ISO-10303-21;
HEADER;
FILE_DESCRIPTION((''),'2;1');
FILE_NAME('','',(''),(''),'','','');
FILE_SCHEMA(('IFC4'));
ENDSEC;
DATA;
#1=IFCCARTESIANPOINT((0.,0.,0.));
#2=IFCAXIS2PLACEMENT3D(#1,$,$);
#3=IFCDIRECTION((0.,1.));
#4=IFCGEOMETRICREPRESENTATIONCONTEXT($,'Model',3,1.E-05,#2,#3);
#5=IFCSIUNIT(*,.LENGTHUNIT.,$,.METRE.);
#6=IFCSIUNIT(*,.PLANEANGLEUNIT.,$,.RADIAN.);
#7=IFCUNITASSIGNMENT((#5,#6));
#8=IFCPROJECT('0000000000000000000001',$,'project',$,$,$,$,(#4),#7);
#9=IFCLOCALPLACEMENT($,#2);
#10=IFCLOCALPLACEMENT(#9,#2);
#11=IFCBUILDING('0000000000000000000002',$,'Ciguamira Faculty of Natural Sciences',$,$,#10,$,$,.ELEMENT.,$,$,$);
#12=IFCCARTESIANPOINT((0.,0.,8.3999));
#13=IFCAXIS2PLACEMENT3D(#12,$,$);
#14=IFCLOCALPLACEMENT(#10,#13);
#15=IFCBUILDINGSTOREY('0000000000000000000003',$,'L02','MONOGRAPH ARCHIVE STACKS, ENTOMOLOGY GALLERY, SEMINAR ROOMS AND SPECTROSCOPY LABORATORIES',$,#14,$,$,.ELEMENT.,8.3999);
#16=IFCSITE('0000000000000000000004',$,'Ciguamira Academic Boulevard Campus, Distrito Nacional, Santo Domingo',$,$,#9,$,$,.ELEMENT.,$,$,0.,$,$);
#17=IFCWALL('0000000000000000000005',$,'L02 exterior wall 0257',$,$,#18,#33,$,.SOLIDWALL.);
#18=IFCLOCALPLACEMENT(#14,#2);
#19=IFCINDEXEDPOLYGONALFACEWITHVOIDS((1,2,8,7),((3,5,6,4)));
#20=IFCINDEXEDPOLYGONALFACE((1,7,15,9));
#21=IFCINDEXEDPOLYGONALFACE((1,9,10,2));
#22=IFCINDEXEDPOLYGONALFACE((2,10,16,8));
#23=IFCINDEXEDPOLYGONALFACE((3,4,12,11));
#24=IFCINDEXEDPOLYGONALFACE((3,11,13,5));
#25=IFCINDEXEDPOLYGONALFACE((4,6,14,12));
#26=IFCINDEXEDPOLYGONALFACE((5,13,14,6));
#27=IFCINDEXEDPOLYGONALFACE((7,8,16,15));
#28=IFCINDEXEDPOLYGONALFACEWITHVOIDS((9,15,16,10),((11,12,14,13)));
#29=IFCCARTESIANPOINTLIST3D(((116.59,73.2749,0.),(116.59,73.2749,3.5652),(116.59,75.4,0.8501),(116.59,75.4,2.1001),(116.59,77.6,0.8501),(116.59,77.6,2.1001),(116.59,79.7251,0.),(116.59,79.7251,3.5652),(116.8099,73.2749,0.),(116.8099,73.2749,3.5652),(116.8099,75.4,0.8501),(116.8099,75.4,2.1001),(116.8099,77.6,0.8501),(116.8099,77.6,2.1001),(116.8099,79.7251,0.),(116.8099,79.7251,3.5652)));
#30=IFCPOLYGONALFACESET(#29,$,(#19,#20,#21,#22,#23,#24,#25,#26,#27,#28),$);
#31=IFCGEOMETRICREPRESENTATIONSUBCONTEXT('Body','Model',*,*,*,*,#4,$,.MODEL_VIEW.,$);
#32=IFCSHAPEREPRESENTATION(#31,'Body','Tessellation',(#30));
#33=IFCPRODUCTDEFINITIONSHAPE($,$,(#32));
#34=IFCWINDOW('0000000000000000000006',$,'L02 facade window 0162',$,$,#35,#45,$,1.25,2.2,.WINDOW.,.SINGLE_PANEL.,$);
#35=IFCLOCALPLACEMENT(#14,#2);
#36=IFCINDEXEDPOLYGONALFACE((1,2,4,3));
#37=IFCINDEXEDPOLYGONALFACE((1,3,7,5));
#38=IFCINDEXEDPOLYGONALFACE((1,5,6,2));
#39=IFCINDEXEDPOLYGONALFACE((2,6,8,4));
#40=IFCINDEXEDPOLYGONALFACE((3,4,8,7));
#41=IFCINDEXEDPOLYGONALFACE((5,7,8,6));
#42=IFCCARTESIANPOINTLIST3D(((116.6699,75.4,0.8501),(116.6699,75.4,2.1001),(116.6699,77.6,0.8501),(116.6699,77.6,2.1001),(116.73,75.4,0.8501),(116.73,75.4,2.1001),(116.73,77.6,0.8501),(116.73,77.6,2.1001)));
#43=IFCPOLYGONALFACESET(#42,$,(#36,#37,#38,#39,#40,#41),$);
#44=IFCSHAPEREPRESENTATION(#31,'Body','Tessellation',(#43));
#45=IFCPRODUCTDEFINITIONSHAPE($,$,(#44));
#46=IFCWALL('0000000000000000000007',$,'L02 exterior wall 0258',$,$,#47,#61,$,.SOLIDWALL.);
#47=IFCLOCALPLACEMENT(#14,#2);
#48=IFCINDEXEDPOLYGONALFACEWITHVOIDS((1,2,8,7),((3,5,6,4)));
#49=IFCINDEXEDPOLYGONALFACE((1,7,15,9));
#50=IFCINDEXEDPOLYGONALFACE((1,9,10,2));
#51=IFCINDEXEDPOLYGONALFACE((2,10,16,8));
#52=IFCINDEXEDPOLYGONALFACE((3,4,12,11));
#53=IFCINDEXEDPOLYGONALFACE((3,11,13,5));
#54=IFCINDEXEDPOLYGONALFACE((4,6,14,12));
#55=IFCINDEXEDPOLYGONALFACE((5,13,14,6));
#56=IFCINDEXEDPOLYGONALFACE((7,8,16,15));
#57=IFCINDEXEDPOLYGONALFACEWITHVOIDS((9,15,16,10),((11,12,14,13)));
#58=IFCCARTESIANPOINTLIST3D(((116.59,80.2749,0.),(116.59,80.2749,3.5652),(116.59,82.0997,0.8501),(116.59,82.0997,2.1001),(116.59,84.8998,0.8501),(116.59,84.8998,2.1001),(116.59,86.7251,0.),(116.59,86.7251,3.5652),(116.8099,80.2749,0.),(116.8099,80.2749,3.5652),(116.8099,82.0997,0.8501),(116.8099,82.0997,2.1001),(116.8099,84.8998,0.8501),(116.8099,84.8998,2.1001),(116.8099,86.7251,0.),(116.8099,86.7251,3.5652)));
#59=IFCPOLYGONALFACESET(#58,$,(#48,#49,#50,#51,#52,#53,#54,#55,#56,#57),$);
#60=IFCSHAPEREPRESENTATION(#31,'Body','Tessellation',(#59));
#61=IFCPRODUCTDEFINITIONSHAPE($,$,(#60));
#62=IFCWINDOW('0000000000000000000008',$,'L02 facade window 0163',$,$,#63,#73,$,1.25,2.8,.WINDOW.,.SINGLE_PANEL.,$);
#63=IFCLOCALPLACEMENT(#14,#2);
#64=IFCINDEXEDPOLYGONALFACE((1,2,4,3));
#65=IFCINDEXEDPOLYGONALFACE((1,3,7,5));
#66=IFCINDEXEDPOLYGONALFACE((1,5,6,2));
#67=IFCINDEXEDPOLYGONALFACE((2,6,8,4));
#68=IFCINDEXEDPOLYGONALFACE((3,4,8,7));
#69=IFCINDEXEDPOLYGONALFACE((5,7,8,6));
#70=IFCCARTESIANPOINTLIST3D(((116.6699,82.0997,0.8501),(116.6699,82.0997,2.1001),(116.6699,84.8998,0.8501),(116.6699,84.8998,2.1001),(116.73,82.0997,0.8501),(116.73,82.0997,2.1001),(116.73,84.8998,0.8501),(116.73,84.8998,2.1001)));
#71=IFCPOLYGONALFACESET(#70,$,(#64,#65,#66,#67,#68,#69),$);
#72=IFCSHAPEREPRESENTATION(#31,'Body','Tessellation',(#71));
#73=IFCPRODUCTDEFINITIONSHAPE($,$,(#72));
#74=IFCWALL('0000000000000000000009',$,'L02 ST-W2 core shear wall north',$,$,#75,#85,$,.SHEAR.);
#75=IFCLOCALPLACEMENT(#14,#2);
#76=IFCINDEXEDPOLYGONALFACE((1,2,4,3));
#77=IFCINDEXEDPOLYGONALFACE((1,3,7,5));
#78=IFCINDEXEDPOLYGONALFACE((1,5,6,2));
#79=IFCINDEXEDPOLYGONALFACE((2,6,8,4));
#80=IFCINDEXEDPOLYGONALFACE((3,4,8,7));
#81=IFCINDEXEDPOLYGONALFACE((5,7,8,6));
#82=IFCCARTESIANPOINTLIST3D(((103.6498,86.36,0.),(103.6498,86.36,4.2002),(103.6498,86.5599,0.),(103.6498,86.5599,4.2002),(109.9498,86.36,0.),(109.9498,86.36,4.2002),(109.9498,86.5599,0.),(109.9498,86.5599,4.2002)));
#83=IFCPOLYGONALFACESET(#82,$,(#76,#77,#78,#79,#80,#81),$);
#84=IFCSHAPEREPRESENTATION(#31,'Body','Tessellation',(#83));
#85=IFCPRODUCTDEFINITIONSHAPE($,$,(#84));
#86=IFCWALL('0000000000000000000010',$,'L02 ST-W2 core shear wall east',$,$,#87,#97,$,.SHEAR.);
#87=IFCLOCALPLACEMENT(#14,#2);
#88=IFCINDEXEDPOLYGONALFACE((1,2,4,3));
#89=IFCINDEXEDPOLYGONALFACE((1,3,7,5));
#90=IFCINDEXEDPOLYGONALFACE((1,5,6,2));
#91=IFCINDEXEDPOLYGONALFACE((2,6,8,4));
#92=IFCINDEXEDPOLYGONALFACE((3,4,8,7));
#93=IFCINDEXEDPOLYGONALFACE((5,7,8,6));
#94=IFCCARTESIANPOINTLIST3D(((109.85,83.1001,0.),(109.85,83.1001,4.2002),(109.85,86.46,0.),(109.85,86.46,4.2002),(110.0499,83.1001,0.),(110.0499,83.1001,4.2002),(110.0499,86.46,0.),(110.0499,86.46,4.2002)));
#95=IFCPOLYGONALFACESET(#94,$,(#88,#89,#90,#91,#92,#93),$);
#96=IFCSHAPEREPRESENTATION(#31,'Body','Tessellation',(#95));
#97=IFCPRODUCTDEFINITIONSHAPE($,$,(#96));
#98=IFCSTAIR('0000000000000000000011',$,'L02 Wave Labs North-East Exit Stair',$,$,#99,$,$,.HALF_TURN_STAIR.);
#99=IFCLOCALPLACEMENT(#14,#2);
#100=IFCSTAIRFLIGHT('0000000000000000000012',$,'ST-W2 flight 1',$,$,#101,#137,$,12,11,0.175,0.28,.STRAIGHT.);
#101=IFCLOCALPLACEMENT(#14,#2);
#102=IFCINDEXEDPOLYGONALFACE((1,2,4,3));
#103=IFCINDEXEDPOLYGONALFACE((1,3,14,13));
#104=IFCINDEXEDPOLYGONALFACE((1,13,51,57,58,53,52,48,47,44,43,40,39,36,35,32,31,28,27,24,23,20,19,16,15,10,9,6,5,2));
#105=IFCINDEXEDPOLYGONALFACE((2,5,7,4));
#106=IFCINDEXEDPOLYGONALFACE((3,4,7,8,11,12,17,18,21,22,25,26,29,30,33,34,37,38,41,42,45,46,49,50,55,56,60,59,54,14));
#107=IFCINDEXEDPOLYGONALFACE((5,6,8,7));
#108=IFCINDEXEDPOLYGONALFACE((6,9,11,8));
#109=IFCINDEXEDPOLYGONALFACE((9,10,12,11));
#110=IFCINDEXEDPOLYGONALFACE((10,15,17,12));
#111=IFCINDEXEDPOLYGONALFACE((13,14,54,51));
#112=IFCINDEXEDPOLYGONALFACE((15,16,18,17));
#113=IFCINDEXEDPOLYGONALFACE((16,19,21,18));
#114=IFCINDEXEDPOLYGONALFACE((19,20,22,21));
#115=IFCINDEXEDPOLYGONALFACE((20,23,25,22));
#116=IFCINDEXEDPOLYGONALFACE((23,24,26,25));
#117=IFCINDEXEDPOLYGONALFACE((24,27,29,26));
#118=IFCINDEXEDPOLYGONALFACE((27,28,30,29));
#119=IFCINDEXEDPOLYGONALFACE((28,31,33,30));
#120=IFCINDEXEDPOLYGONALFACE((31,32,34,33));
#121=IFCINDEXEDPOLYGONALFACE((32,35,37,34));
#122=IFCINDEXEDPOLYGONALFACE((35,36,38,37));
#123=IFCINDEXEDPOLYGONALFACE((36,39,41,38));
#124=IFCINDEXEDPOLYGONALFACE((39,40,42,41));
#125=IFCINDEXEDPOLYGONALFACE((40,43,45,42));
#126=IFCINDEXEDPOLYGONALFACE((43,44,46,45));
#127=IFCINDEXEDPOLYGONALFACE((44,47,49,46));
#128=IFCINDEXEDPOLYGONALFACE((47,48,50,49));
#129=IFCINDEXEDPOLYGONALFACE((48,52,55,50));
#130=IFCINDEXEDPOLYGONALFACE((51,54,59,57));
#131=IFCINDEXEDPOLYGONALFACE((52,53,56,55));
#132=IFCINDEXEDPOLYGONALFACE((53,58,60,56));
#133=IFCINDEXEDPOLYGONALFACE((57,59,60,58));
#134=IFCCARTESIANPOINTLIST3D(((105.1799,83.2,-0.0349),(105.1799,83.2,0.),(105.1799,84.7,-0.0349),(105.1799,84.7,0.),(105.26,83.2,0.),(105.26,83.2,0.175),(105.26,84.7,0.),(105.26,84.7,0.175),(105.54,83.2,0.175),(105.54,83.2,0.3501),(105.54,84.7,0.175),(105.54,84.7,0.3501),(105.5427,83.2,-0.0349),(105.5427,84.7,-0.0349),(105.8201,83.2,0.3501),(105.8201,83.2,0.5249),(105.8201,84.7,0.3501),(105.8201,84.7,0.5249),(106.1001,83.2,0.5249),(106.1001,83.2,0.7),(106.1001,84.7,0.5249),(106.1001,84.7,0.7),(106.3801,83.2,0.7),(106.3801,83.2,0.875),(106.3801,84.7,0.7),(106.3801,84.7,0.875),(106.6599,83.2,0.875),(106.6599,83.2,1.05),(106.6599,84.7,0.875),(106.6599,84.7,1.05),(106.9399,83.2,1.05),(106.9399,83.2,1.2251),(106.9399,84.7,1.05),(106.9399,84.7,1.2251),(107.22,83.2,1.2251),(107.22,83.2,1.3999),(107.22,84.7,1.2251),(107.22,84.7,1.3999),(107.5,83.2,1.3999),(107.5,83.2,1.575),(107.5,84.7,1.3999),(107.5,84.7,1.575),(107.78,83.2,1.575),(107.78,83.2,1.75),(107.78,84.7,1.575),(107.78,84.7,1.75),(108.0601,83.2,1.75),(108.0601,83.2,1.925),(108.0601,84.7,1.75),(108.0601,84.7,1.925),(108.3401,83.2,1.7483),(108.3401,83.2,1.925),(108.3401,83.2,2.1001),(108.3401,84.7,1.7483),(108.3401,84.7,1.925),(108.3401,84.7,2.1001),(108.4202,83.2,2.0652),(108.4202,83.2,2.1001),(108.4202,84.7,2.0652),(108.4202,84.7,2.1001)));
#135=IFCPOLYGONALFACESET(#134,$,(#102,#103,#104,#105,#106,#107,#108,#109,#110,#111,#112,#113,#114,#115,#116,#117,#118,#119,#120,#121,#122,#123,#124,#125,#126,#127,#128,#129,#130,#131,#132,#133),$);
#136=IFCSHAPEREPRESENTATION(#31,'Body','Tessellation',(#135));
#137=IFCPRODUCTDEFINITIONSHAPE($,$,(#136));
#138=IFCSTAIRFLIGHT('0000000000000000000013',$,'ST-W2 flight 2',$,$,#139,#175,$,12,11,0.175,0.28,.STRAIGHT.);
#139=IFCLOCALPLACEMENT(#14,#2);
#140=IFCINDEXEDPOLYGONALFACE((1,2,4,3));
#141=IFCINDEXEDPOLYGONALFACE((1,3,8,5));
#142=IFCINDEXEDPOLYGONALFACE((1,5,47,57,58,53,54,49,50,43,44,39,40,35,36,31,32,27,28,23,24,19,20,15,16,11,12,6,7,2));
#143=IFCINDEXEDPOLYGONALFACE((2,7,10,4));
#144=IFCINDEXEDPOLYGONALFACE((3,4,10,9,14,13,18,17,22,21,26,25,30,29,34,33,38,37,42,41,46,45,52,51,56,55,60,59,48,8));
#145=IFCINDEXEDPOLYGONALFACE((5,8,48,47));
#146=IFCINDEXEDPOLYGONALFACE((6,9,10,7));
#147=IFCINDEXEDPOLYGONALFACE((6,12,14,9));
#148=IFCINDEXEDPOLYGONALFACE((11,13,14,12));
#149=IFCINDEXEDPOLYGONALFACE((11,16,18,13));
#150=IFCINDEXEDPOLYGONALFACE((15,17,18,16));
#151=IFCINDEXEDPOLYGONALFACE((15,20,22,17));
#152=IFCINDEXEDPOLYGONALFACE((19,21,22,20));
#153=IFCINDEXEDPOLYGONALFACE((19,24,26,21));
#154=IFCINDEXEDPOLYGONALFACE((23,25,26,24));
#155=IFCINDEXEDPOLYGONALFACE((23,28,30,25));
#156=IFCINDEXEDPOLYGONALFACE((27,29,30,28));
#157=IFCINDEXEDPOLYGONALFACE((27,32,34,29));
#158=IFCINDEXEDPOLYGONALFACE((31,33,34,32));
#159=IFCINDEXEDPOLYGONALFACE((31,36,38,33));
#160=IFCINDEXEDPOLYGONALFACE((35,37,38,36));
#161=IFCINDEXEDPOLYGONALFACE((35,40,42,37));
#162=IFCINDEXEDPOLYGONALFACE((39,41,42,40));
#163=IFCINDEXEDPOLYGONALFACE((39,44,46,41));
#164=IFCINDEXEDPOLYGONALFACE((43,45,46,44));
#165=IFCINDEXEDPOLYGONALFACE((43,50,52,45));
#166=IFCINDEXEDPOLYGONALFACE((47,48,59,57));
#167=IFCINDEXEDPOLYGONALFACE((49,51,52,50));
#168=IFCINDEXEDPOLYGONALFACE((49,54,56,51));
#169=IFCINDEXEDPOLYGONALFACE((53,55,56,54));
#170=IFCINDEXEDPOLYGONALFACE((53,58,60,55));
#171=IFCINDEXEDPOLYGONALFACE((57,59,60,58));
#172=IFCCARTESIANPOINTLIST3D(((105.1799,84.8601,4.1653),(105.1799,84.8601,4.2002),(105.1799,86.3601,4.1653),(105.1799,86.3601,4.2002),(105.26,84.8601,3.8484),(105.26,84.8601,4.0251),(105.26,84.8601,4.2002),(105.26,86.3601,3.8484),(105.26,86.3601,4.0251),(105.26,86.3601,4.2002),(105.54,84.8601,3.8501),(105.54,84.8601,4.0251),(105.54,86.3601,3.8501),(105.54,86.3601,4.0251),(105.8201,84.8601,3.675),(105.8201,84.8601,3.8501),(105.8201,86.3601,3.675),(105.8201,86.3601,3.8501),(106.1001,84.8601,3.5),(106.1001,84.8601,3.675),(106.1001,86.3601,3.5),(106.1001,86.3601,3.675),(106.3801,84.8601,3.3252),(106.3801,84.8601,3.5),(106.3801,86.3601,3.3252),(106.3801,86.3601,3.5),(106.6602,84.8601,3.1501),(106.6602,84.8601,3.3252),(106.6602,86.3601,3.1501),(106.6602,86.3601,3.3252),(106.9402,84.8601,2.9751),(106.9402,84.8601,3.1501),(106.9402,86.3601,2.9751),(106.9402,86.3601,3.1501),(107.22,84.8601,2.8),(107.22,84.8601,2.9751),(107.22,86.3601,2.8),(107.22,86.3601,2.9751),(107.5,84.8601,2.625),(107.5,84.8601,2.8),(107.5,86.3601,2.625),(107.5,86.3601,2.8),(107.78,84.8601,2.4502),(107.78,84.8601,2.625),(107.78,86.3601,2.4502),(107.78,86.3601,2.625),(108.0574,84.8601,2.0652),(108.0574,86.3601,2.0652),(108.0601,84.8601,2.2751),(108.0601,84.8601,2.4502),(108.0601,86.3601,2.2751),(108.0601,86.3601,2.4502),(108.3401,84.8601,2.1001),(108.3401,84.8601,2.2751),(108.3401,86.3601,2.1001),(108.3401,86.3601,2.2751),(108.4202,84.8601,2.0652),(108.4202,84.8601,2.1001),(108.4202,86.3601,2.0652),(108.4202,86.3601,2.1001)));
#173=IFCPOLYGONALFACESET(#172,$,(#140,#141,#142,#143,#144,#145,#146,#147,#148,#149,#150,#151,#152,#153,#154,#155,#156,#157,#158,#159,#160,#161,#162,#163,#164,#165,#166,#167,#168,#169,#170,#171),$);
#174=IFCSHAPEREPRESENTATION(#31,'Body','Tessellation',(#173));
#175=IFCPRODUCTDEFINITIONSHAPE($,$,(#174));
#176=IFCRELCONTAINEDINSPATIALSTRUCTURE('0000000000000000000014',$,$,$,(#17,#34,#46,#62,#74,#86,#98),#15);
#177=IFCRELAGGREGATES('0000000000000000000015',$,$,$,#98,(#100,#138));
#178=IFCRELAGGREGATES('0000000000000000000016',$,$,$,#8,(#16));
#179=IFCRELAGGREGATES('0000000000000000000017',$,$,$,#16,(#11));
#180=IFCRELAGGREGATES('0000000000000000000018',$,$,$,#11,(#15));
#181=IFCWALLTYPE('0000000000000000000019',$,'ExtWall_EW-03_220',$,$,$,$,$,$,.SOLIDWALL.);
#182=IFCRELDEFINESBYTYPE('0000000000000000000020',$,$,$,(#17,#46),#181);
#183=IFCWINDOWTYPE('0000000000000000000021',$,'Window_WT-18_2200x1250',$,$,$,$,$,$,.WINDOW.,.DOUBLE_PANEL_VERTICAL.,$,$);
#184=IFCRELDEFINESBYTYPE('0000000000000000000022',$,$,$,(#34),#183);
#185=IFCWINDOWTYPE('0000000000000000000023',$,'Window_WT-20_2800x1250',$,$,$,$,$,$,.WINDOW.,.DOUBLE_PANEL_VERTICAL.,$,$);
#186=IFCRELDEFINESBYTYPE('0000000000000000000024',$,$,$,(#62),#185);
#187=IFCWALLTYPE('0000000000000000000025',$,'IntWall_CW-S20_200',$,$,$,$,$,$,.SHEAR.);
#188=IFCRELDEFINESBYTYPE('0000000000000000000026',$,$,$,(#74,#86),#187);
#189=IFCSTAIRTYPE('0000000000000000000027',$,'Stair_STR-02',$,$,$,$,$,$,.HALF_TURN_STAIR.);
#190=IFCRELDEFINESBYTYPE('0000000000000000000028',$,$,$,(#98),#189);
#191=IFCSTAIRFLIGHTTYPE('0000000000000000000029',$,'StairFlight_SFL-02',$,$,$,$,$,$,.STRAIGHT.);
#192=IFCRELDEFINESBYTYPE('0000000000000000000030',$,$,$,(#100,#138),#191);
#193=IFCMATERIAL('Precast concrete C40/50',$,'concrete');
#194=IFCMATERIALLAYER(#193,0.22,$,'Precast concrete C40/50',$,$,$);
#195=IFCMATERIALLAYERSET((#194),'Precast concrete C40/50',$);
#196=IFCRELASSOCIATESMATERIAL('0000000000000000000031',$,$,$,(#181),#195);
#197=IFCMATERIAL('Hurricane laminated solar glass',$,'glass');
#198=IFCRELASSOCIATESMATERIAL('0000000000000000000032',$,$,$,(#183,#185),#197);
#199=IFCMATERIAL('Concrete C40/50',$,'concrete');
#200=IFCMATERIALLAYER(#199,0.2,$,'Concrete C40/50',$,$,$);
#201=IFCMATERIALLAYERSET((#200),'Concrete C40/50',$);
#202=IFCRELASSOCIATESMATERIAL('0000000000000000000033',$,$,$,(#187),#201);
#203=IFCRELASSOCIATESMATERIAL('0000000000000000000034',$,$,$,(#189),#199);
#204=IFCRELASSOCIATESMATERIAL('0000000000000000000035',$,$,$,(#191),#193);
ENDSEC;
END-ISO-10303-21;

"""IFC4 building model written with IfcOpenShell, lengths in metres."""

from ifc_helpers import new_model, si_unit, direction, frame, frame_2d, origin, place, context, subcontext, project, spatial, polyline, rectangle, outline, extrude, material, layer, layer_set, type_object, element, fill, aggregate, save


model = new_model("IFC4")

# Units and contexts
model_context = context("Model", 3, precision=1e-05, world=origin(), true_north=direction((0.0, 1.0)))
body_context = subcontext(model_context, "Body", "Model", "MODEL_VIEW")
ifc_project = project(units=[si_unit("LENGTHUNIT", "METRE"), si_unit("PLANEANGLEUNIT", "RADIAN")], contexts=[model_context])

# Site, building, storey
site_placement = place(None, origin())
site = spatial("IfcSite", under=ifc_project, at=site_placement, Name="Ciguamira Academic Boulevard Campus, Distrito Nacional, Santo Domingo", CompositionType="ELEMENT", RefElevation=0.0)
building_placement = place(site_placement, origin())
building = spatial("IfcBuilding", under=site, at=building_placement, Name="Ciguamira Faculty of Natural Sciences", CompositionType="ELEMENT")
storey_placement = place(building_placement, frame((0.0, 0.0, 8.3999)))
storey = spatial("IfcBuildingStorey", under=building, at=storey_placement, Name="L02", Description="MONOGRAPH ARCHIVE STACKS, ENTOMOLOGY GALLERY, SEMINAR ROOMS AND SPECTROSCOPY LABORATORIES", CompositionType="ELEMENT", Elevation=8.3999)

# Shared definitions
ifc_material_1 = material(Name="Concrete C40/50", Category="concrete")

# Shared definitions
ifc_material_2 = material(Name="Precast concrete C40/50", Category="concrete")

# Walls, openings, windows
ifc_layer_1 = layer(ifc_material_2, 0.22, Name="Precast concrete C40/50")
ifc_layer_set_1 = layer_set([ifc_layer_1], Name="Precast concrete C40/50")
wall_type_1 = type_object("IfcWallType", Name="ExtWall_EW-03_220", PredefinedType="SOLIDWALL", material=ifc_layer_set_1)
wall_1_placement = place(storey_placement, frame((116.7, 73.2749, 0.0), z_axis=(0.0, 0.0, 1.0), x_axis=(0.0, 1.0, 0.0)))
wall_1 = element("IfcWall", 1, at=wall_1_placement, inside=storey, type_object=wall_type_1, Name="L02 exterior wall 0257", PredefinedType="SOLIDWALL", context=body_context, shape_type="SweptSolid", body=[
    extrude(rectangle(XDim=6.4502, YDim=0.22, at=frame_2d((3.2251, 0.0))), origin(), (0.0, 0.0, 1.0), 3.5652),
])
opening_1_placement = place(wall_1_placement, frame((2.125, 0.0, 0.8501)))
opening_1 = element("IfcOpeningElement", 2, at=opening_1_placement, cuts=wall_1, PredefinedType="OPENING", context=body_context, shape_type="SweptSolid", body=[
    extrude(rectangle(XDim=2.2, YDim=1.25, at=frame_2d((1.1001, 0.625))), frame((0.0, 0.1199, 0.0), z_axis=(0.0, -1.0, 0.0), x_axis=(1.0, 0.0, 0.0)), (0.0, 0.0, 1.0), 0.24),
])
ifc_material_3 = material(Name="Hurricane laminated solar glass", Category="glass")
window_type_1 = type_object("IfcWindowType", Name="Window_WT-18_2200x1250", PartitioningType="DOUBLE_PANEL_VERTICAL", PredefinedType="WINDOW", material=ifc_material_3)
window_1_placement = place(opening_1_placement, origin())
window_1 = element("IfcWindow", 3, at=window_1_placement, inside=storey, type_object=window_type_1, Name="L02 facade window 0162", OverallHeight=1.25, OverallWidth=2.2, PartitioningType="SINGLE_PANEL", PredefinedType="WINDOW", context=body_context, shape_type="SweptSolid", body=[
    extrude(rectangle(XDim=2.2, YDim=1.25, at=frame_2d((1.1001, 0.625))), frame((0.0, 0.03, 0.0), z_axis=(0.0, -1.0, 0.0), x_axis=(1.0, 0.0, 0.0)), (0.0, 0.0, 1.0), 0.0601),
])
fill(opening_1, window_1)
wall_2_placement = place(storey_placement, frame((116.7, 80.2749, 0.0), z_axis=(0.0, 0.0, 1.0), x_axis=(0.0, 1.0, 0.0)))
wall_2 = element("IfcWall", 4, at=wall_2_placement, inside=storey, type_object=wall_type_1, Name="L02 exterior wall 0258", PredefinedType="SOLIDWALL", context=body_context, shape_type="SweptSolid", body=[
    extrude(rectangle(XDim=6.4502, YDim=0.22, at=frame_2d((3.2251, 0.0))), origin(), (0.0, 0.0, 1.0), 3.5652),
])
opening_2_placement = place(wall_2_placement, frame((1.825, 0.0, 0.8501)))
opening_2 = element("IfcOpeningElement", 5, at=opening_2_placement, cuts=wall_2, PredefinedType="OPENING", context=body_context, shape_type="SweptSolid", body=[
    extrude(rectangle(XDim=2.8, YDim=1.25, at=frame_2d((1.3999, 0.625))), frame((0.0, 0.1199, 0.0), z_axis=(0.0, -1.0, 0.0), x_axis=(1.0, 0.0, 0.0)), (0.0, 0.0, 1.0), 0.24),
])
window_type_2 = type_object("IfcWindowType", Name="Window_WT-20_2800x1250", PartitioningType="DOUBLE_PANEL_VERTICAL", PredefinedType="WINDOW", material=ifc_material_3)
window_2_placement = place(opening_2_placement, origin())
window_2 = element("IfcWindow", 6, at=window_2_placement, inside=storey, type_object=window_type_2, Name="L02 facade window 0163", OverallHeight=1.25, OverallWidth=2.8, PartitioningType="SINGLE_PANEL", PredefinedType="WINDOW", context=body_context, shape_type="SweptSolid", body=[
    extrude(rectangle(XDim=2.8, YDim=1.25, at=frame_2d((1.3999, 0.625))), frame((0.0, 0.03, 0.0), z_axis=(0.0, -1.0, 0.0), x_axis=(1.0, 0.0, 0.0)), (0.0, 0.0, 1.0), 0.0601),
])
fill(opening_2, window_2)

# Walls
ifc_layer_2 = layer(ifc_material_1, 0.2, Name="Concrete C40/50")
ifc_layer_set_2 = layer_set([ifc_layer_2], Name="Concrete C40/50")
wall_type_2 = type_object("IfcWallType", Name="IntWall_CW-S20_200", PredefinedType="SHEAR", material=ifc_layer_set_2)
wall_3_placement = place(storey_placement, frame((103.6499, 86.46, 0.0), z_axis=(0.0, 0.0, 1.0), x_axis=(1.0, 0.0, 0.0)))
element("IfcWall", 7, at=wall_3_placement, inside=storey, type_object=wall_type_2, Name="L02 ST-W2 core shear wall north", PredefinedType="SHEAR", context=body_context, shape_type="SweptSolid", body=[
    extrude(rectangle(XDim=6.3, YDim=0.2, at=frame_2d((3.1499, 0.0))), origin(), (0.0, 0.0, 1.0), 4.2002),
])
wall_4_placement = place(storey_placement, frame((109.95, 83.1001, 0.0), z_axis=(0.0, 0.0, 1.0), x_axis=(0.0, 1.0, 0.0)))
element("IfcWall", 8, at=wall_4_placement, inside=storey, type_object=wall_type_2, Name="L02 ST-W2 core shear wall east", PredefinedType="SHEAR", context=body_context, shape_type="SweptSolid", body=[
    extrude(rectangle(XDim=3.3599, YDim=0.2, at=frame_2d((1.6799, 0.0))), origin(), (0.0, 0.0, 1.0), 4.2002),
])

# Stair, stair flights
stair_type = type_object("IfcStairType", Name="Stair_STR-02", PredefinedType="HALF_TURN_STAIR", material=ifc_material_1)
stair_placement = place(storey_placement, origin())
stair = element("IfcStair", 9, at=stair_placement, inside=storey, type_object=stair_type, Name="L02 Wave Labs North-East Exit Stair", PredefinedType="HALF_TURN_STAIR")
stair_flight_type = type_object("IfcStairFlightType", Name="StairFlight_SFL-02", PredefinedType="STRAIGHT", material=ifc_material_2)
stair_flight_1_placement = place(storey_placement, frame((105.26, 83.95, 0.0), z_axis=(0.0, 0.0, 1.0), x_axis=(1.0, 0.0, 0.0)))
stair_flight_1 = element("IfcStairFlight", 10, at=stair_flight_1_placement, type_object=stair_flight_type, Name="ST-W2 flight 1", NumberOfRisers=12, NumberOfTreads=11, PredefinedType="STRAIGHT", RiserHeight=0.175, TreadLength=0.28, context=body_context, shape_type="SweptSolid", body=[
    extrude(outline(polyline([(-0.0801, -0.0349), (-0.0801, 0.0), (0.0, 0.0), (0.0, 0.175), (0.28, 0.175), (0.28, 0.3501), (0.5601, 0.3501), (0.5601, 0.5249), (0.8401, 0.5249), (0.8401, 0.7), (1.1201, 0.7), (1.1201, 0.875), (1.3999, 0.875), (1.3999, 1.05), (1.6799, 1.05), (1.6799, 1.2251), (1.96, 1.2251), (1.96, 1.3999), (2.24, 1.3999), (2.24, 1.575), (2.52, 1.575), (2.52, 1.75), (2.8, 1.75), (2.8, 1.925), (3.0801, 1.925), (3.0801, 2.1001), (3.1602, 2.1001), (3.1602, 2.0652), (3.0801, 1.7483), (0.2827, -0.0349), (-0.0801, -0.0349)])), frame((0.0, 0.75, 0.0), z_axis=(0.0, -1.0, 0.0), x_axis=(1.0, 0.0, 0.0)), (0.0, 0.0, 1.0), 1.5),
])
stair_flight_2_placement = place(storey_placement, frame((108.3401, 85.6101, 2.1001), z_axis=(0.0, 0.0, 1.0), x_axis=(-1.0, 0.0, 0.0)))
stair_flight_2 = element("IfcStairFlight", 11, at=stair_flight_2_placement, type_object=stair_flight_type, Name="ST-W2 flight 2", NumberOfRisers=12, NumberOfTreads=11, PredefinedType="STRAIGHT", RiserHeight=0.175, TreadLength=0.28, context=body_context, shape_type="SweptSolid", body=[
    extrude(outline(polyline([(-0.0801, -0.0349), (-0.0801, 0.0), (0.0, 0.0), (0.0, 0.175), (0.28, 0.175), (0.28, 0.3501), (0.5601, 0.3501), (0.5601, 0.5249), (0.8401, 0.5249), (0.8401, 0.7), (1.1201, 0.7), (1.1201, 0.875), (1.3999, 0.875), (1.3999, 1.05), (1.6799, 1.05), (1.6799, 1.2251), (1.96, 1.2251), (1.96, 1.3999), (2.24, 1.3999), (2.24, 1.575), (2.52, 1.575), (2.52, 1.75), (2.8, 1.75), (2.8, 1.925), (3.0801, 1.925), (3.0801, 2.1001), (3.1602, 2.1001), (3.1602, 2.0652), (3.0801, 1.7483), (0.2827, -0.0349), (-0.0801, -0.0349)])), frame((0.0, 0.75, 0.0), z_axis=(0.0, -1.0, 0.0), x_axis=(1.0, 0.0, 0.0)), (0.0, 0.0, 1.0), 1.5),
])
aggregate(stair, [stair_flight_1, stair_flight_2])

save(model, "model.ifc")
